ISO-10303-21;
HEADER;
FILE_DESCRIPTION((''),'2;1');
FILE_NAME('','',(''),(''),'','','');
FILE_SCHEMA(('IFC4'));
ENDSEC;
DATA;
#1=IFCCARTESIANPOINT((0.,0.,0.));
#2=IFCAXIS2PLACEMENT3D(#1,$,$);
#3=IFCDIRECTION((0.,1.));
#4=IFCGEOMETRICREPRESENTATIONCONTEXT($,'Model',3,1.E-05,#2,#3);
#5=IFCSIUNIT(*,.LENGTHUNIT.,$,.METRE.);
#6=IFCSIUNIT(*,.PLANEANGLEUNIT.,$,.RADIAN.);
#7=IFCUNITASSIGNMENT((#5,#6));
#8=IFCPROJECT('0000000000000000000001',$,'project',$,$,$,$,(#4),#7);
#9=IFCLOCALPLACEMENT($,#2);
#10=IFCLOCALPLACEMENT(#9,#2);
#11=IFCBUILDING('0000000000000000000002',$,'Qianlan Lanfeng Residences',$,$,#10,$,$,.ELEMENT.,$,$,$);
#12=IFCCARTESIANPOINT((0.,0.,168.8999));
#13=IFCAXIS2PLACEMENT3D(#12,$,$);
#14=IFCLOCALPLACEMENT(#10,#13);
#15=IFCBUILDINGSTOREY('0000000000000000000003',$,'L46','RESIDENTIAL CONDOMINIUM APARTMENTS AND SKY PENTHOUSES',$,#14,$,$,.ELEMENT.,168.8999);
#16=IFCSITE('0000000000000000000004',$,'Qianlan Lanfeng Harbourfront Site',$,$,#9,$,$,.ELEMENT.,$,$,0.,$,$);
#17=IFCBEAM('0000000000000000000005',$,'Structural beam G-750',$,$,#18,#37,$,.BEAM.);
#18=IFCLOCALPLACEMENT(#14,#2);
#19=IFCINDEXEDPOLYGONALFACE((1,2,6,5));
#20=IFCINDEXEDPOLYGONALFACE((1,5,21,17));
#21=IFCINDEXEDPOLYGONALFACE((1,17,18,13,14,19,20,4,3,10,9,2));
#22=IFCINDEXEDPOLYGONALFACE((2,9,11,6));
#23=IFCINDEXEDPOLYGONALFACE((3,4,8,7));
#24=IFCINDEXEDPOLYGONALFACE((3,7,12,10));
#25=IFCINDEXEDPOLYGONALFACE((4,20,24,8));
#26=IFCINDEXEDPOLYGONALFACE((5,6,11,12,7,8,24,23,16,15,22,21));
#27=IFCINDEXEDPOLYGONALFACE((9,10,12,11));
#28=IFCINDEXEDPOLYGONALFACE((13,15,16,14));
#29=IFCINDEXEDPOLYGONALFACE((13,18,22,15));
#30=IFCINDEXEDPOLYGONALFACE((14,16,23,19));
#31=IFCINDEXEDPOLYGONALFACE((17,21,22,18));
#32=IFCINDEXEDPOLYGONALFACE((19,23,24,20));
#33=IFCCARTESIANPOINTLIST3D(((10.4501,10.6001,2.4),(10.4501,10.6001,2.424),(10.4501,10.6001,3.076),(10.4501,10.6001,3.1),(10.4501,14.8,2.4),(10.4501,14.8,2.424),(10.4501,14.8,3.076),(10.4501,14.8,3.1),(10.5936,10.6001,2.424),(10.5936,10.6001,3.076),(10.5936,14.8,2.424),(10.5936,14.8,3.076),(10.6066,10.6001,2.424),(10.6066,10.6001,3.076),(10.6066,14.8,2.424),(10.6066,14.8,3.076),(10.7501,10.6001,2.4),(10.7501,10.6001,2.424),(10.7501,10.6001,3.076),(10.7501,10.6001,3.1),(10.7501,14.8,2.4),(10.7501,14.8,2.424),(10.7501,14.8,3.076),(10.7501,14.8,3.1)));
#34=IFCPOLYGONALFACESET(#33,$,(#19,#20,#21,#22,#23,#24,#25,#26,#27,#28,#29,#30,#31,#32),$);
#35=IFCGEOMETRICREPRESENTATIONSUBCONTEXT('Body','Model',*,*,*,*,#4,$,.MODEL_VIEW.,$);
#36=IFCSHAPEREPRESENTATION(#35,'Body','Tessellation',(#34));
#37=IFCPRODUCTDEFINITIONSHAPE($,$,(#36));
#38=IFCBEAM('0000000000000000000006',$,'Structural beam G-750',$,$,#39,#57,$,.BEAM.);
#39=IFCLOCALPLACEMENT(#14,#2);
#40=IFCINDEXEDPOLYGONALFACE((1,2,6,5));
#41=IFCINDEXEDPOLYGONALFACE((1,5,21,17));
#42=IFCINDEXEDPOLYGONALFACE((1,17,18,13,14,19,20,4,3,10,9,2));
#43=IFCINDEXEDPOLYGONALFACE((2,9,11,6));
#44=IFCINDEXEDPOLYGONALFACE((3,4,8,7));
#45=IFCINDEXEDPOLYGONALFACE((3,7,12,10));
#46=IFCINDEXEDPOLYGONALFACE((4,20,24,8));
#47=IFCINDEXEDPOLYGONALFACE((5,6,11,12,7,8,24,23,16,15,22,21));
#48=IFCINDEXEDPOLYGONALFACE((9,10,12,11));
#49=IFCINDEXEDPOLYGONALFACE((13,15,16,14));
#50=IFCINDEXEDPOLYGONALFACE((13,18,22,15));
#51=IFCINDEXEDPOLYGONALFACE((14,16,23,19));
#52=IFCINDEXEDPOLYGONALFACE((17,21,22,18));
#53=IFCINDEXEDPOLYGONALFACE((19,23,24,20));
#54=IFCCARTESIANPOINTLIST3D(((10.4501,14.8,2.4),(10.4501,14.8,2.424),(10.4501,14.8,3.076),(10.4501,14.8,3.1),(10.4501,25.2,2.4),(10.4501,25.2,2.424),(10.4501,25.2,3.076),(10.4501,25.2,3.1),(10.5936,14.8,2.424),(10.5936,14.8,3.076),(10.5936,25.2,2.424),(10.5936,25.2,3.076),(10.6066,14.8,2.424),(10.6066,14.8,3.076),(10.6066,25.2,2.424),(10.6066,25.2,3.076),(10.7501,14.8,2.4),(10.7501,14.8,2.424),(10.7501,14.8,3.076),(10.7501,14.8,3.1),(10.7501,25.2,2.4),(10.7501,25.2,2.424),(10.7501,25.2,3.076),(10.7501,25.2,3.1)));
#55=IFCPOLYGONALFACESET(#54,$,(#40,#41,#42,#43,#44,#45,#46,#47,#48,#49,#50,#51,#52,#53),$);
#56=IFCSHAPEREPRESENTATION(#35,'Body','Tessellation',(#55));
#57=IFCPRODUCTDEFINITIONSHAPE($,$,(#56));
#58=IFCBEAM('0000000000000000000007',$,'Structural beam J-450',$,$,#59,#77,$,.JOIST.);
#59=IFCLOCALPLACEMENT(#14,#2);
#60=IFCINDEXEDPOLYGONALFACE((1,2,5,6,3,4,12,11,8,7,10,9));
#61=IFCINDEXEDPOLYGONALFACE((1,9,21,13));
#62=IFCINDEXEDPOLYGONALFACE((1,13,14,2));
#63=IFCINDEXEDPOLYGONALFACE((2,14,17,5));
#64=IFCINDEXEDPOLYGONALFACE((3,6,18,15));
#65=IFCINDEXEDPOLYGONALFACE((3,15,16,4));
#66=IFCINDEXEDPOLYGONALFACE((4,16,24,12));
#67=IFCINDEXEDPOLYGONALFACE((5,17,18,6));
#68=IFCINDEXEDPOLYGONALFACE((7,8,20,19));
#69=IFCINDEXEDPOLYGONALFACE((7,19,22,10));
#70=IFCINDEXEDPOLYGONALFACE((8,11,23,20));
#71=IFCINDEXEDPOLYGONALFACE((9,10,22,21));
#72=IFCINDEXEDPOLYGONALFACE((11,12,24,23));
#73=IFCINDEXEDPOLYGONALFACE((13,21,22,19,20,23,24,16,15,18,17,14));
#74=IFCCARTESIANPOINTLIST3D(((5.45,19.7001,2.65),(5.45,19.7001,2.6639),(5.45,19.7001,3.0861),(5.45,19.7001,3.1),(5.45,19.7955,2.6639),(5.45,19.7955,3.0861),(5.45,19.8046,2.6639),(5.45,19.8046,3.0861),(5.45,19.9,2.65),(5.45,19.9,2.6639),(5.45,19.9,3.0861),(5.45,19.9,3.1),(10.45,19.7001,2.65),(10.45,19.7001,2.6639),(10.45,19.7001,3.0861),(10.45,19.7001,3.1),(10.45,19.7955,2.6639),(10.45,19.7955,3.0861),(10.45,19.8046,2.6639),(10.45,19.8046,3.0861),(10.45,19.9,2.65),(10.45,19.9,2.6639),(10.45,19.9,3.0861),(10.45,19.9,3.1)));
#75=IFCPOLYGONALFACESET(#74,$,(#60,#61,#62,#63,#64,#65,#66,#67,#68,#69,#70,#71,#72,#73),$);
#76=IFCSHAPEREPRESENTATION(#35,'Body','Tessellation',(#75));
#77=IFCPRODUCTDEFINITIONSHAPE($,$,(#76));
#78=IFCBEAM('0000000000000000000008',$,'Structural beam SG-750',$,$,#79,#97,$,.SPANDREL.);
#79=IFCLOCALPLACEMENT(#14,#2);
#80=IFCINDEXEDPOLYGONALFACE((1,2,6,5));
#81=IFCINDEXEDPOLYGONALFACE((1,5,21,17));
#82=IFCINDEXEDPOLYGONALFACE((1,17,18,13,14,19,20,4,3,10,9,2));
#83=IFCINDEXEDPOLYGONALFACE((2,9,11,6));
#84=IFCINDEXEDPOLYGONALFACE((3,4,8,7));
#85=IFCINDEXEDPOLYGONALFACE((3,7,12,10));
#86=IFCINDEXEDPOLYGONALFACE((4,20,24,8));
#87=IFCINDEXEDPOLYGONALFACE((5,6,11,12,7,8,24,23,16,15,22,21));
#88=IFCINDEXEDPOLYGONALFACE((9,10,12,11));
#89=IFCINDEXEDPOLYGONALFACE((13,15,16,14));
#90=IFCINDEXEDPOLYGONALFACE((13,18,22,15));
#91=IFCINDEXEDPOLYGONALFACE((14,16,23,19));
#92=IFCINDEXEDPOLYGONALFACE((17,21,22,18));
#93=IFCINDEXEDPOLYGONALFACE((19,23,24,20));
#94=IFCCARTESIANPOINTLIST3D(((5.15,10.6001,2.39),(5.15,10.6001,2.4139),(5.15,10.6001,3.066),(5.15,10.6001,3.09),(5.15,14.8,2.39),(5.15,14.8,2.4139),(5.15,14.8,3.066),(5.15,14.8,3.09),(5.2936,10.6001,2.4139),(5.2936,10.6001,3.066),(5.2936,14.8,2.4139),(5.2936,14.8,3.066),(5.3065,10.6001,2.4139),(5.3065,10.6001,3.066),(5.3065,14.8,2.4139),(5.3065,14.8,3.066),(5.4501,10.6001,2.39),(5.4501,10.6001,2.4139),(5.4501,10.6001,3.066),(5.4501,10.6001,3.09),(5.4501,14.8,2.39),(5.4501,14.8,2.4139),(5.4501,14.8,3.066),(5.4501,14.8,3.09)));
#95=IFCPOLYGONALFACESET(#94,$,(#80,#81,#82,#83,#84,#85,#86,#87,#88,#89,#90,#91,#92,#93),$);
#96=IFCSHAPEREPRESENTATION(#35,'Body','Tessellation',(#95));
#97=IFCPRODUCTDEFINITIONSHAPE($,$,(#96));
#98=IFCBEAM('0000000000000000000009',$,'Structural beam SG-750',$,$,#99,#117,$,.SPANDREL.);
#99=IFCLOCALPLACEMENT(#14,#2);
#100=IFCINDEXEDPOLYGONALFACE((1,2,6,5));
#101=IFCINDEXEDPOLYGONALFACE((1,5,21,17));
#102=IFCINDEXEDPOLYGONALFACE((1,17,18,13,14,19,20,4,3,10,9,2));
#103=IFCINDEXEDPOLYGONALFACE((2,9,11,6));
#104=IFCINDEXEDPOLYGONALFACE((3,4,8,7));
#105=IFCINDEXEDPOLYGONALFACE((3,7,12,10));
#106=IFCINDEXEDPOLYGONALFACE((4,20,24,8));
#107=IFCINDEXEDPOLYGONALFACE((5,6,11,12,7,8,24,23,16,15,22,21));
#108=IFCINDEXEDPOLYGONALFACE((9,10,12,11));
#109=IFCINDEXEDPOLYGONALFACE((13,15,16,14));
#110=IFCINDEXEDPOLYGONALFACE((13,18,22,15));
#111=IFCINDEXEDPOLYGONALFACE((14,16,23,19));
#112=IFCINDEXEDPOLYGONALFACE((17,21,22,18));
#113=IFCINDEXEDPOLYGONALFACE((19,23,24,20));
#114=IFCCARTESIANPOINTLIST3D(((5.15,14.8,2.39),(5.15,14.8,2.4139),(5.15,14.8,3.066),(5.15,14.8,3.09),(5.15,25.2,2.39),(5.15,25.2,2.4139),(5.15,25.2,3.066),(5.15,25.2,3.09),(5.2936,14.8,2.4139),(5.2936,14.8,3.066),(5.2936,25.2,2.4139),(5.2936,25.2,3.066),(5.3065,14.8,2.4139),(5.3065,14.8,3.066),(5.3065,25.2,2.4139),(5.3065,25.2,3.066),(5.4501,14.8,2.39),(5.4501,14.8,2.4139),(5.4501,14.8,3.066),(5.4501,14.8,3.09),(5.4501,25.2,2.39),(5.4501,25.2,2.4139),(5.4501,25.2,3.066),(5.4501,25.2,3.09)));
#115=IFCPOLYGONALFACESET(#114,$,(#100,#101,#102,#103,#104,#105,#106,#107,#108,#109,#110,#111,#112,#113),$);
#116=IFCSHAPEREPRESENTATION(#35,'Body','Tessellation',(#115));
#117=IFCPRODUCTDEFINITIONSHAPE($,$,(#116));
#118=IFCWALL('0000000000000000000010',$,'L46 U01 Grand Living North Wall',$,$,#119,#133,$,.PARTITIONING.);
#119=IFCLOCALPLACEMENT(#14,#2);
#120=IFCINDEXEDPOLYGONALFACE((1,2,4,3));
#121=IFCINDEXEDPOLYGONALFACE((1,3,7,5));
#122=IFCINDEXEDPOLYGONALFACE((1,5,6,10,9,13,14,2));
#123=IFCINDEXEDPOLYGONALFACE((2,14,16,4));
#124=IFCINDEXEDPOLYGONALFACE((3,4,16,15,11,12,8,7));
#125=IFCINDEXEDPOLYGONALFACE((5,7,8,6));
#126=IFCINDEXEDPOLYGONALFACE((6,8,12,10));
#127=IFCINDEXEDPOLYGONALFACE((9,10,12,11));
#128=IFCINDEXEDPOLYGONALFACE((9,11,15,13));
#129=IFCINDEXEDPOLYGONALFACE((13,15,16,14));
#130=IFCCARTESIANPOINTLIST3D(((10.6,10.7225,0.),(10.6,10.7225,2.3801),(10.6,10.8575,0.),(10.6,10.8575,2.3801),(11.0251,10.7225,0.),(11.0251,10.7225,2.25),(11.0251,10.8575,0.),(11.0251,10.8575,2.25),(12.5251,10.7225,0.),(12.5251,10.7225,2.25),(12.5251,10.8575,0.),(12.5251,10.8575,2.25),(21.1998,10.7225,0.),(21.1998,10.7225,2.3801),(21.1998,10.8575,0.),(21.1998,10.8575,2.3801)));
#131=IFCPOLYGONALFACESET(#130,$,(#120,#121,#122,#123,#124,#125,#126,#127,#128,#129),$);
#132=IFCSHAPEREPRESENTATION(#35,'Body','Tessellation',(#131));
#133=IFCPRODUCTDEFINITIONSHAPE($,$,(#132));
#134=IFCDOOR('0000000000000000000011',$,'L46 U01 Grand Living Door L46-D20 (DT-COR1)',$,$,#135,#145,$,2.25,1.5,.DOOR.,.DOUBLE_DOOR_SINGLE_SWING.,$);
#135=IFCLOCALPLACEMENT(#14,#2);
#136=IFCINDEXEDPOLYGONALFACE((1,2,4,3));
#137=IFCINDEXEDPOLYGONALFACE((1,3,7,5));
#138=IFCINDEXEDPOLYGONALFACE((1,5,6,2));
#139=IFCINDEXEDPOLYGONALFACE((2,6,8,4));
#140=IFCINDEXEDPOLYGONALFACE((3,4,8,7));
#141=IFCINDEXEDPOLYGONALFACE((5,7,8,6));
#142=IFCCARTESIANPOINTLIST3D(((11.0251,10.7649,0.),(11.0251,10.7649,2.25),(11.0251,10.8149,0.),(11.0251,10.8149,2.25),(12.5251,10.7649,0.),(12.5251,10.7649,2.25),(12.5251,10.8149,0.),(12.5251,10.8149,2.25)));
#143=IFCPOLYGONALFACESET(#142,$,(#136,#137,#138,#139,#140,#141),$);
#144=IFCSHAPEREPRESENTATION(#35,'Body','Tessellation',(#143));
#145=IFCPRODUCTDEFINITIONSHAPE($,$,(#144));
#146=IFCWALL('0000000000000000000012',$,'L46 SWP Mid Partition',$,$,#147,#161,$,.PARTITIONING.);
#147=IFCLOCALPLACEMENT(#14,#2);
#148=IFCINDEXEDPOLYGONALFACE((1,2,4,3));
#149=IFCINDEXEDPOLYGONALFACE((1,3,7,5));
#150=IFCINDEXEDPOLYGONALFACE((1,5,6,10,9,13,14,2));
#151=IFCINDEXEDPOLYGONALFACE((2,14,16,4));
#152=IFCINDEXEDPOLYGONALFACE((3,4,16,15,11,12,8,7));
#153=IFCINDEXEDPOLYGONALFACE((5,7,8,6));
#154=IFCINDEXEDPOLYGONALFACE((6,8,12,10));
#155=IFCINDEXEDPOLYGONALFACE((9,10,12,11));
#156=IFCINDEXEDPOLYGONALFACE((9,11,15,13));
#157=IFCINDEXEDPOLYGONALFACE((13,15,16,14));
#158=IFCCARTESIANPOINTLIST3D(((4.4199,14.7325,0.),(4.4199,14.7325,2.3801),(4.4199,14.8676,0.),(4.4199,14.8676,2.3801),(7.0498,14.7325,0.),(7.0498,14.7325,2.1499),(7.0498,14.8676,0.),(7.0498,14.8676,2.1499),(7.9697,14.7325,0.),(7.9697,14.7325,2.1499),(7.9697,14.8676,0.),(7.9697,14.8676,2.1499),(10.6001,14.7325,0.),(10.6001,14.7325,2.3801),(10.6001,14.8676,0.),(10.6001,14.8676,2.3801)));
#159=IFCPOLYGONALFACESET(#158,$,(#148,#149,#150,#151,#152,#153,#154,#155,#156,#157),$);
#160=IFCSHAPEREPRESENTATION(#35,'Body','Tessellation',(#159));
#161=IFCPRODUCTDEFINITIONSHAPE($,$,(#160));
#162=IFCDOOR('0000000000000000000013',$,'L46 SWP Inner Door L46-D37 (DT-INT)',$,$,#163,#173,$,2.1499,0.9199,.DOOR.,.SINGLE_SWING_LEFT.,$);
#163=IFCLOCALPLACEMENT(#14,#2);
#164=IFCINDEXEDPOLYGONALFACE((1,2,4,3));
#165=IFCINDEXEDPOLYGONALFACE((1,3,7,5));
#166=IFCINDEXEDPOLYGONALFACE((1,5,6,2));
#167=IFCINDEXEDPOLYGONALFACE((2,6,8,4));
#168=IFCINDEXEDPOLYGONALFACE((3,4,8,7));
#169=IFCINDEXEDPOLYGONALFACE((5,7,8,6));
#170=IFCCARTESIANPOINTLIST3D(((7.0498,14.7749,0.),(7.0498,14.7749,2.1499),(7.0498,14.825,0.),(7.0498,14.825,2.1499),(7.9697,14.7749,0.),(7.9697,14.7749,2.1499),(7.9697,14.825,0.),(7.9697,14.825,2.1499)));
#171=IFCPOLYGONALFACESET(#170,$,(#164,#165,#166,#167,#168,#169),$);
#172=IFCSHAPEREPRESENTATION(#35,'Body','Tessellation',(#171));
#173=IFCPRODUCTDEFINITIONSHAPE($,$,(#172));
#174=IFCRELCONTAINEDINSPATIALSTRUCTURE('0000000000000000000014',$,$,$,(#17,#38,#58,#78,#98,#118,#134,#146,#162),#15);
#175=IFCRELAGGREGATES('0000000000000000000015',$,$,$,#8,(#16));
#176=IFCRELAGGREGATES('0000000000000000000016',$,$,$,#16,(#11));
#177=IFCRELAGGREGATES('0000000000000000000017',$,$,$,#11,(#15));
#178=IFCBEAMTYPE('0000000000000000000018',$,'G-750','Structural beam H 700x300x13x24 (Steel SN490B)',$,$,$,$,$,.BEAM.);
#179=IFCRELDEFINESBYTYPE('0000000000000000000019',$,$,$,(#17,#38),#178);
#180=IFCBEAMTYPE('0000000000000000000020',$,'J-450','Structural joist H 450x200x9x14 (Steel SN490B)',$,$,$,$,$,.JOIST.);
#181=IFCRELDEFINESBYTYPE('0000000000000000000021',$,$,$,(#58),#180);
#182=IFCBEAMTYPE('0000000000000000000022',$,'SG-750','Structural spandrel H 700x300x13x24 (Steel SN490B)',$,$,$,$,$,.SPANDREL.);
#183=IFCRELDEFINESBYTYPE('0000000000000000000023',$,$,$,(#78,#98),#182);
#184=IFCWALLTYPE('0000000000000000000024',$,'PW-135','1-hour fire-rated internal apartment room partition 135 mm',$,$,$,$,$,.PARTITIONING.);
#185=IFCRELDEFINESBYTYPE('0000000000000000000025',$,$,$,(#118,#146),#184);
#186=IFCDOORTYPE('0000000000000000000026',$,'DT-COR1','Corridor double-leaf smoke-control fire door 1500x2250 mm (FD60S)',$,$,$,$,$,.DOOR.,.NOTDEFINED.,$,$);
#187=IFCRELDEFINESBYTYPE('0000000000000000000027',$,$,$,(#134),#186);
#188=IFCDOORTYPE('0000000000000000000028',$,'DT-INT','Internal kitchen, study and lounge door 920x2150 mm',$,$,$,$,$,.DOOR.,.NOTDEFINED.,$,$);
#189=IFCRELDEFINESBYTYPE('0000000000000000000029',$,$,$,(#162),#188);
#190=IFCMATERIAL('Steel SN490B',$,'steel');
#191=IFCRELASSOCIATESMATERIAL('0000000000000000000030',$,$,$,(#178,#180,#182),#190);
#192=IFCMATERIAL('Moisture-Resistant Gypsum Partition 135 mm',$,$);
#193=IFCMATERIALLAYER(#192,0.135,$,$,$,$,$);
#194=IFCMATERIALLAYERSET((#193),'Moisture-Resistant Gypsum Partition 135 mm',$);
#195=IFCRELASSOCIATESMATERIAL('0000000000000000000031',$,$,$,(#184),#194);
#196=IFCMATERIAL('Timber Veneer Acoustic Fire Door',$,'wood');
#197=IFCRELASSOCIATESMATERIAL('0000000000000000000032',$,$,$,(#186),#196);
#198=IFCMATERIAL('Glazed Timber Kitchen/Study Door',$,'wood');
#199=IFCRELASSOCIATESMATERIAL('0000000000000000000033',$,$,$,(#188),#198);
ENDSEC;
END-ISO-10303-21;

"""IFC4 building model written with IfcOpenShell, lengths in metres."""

from ifc_helpers import new_model, si_unit, direction, frame, frame_2d, origin, origin_2d, place, context, subcontext, project, spatial, rectangle, i_section, extrude, material, layer, layer_set, material_profile, profile_set, type_object, element, fill, save


model = new_model("IFC4")

# Units and contexts
model_context = context("Model", 3, precision=1e-05, world=origin(), true_north=direction((0.0, 1.0)))
body_context = subcontext(model_context, "Body", "Model", "MODEL_VIEW")
ifc_project = project(units=[si_unit("LENGTHUNIT", "METRE"), si_unit("PLANEANGLEUNIT", "RADIAN")], contexts=[model_context])

# Site, building, storey
site_placement = place(None, origin())
site = spatial("IfcSite", under=ifc_project, at=site_placement, Name="Qianlan Lanfeng Harbourfront Site", CompositionType="ELEMENT", RefElevation=0.0)
building_placement = place(site_placement, origin())
building = spatial("IfcBuilding", under=site, at=building_placement, Name="Qianlan Lanfeng Residences", CompositionType="ELEMENT")
storey_placement = place(building_placement, frame((0.0, 0.0, 168.8999)))
storey = spatial("IfcBuildingStorey", under=building, at=storey_placement, Name="L46", Description="RESIDENTIAL CONDOMINIUM APARTMENTS AND SKY PENTHOUSES", CompositionType="ELEMENT", Elevation=168.8999)

# Shared definitions
ifc_material_1 = material(Name="Steel SN490B", Category="steel")

# Beams
ifc_material_profile_1 = material_profile(ifc_material_1, i_section(OverallWidth=0.3, OverallDepth=0.7, WebThickness=0.0129, FlangeThickness=0.0239, at=origin_2d()), Name="H 700x300x13x24")
ifc_profile_set_1 = profile_set([ifc_material_profile_1], Name="Steel SN490B")
beam_type_1 = type_object("IfcBeamType", Name="G-750", Description="Structural beam H 700x300x13x24 (Steel SN490B)", PredefinedType="BEAM", material=ifc_profile_set_1)
beam_1_placement = place(storey_placement, frame((10.6001, 10.6001, 2.75), z_axis=(0.0, 1.0, 0.0), x_axis=(-1.0, 0.0, 0.0)))
element("IfcBeam", 1, at=beam_1_placement, inside=storey, type_object=beam_type_1, Name="Structural beam G-750", PredefinedType="BEAM", context=body_context, shape_type="SweptSolid", body=[
    extrude(i_section(OverallWidth=0.3, OverallDepth=0.7, WebThickness=0.0129, FlangeThickness=0.0239, at=origin_2d()), origin(), (0.0, 0.0, 1.0), 4.2),
])
beam_2_placement = place(storey_placement, frame((10.6001, 14.8, 2.75), z_axis=(0.0, 1.0, 0.0), x_axis=(-1.0, 0.0, 0.0)))
element("IfcBeam", 2, at=beam_2_placement, inside=storey, type_object=beam_type_1, Name="Structural beam G-750", PredefinedType="BEAM", context=body_context, shape_type="SweptSolid", body=[
    extrude(i_section(OverallWidth=0.3, OverallDepth=0.7, WebThickness=0.0129, FlangeThickness=0.0239, at=origin_2d()), origin(), (0.0, 0.0, 1.0), 10.3999),
])
ifc_material_profile_2 = material_profile(ifc_material_1, i_section(OverallWidth=0.2, OverallDepth=0.45, WebThickness=0.009, FlangeThickness=0.0139, at=origin_2d()), Name="H 450x200x9x14")
ifc_profile_set_2 = profile_set([ifc_material_profile_2], Name="Steel SN490B")
beam_type_2 = type_object("IfcBeamType", Name="J-450", Description="Structural joist H 450x200x9x14 (Steel SN490B)", PredefinedType="JOIST", material=ifc_profile_set_2)
beam_3_placement = place(storey_placement, frame((5.45, 19.8, 2.875), z_axis=(1.0, 0.0, 0.0), x_axis=(0.0, 1.0, 0.0)))
element("IfcBeam", 3, at=beam_3_placement, inside=storey, type_object=beam_type_2, Name="Structural beam J-450", PredefinedType="JOIST", context=body_context, shape_type="SweptSolid", body=[
    extrude(i_section(OverallWidth=0.2, OverallDepth=0.45, WebThickness=0.009, FlangeThickness=0.0139, at=origin_2d()), origin(), (0.0, 0.0, 1.0), 5.0),
])
ifc_material_profile_3 = material_profile(ifc_material_1, i_section(OverallWidth=0.3, OverallDepth=0.7, WebThickness=0.0129, FlangeThickness=0.0239, at=origin_2d()), Name="H 700x300x13x24")
ifc_profile_set_3 = profile_set([ifc_material_profile_3], Name="Steel SN490B")
beam_type_3 = type_object("IfcBeamType", Name="SG-750", Description="Structural spandrel H 700x300x13x24 (Steel SN490B)", PredefinedType="SPANDREL", material=ifc_profile_set_3)
beam_4_placement = place(storey_placement, frame((5.3, 10.6001, 2.74), z_axis=(0.0, 1.0, 0.0), x_axis=(-1.0, 0.0, 0.0)))
element("IfcBeam", 4, at=beam_4_placement, inside=storey, type_object=beam_type_3, Name="Structural beam SG-750", PredefinedType="SPANDREL", context=body_context, shape_type="SweptSolid", body=[
    extrude(i_section(OverallWidth=0.3, OverallDepth=0.7, WebThickness=0.0129, FlangeThickness=0.0239, at=origin_2d()), origin(), (0.0, 0.0, 1.0), 4.2),
])
beam_5_placement = place(storey_placement, frame((5.3, 14.8, 2.74), z_axis=(0.0, 1.0, 0.0), x_axis=(-1.0, 0.0, 0.0)))
element("IfcBeam", 5, at=beam_5_placement, inside=storey, type_object=beam_type_3, Name="Structural beam SG-750", PredefinedType="SPANDREL", context=body_context, shape_type="SweptSolid", body=[
    extrude(i_section(OverallWidth=0.3, OverallDepth=0.7, WebThickness=0.0129, FlangeThickness=0.0239, at=origin_2d()), origin(), (0.0, 0.0, 1.0), 10.3999),
])

# Walls, openings, doors
ifc_material_2 = material(Name="Moisture-Resistant Gypsum Partition 135 mm")
ifc_layer_1 = layer(ifc_material_2, 0.135)
ifc_layer_set_1 = layer_set([ifc_layer_1], Name="Moisture-Resistant Gypsum Partition 135 mm")
wall_type_1 = type_object("IfcWallType", Name="PW-135", Description="1-hour fire-rated internal apartment room partition 135 mm", PredefinedType="PARTITIONING", material=ifc_layer_set_1)
wall_1_placement = place(storey_placement, frame((10.6001, 10.79, 0.0), z_axis=(0.0, 0.0, 1.0), x_axis=(1.0, 0.0, 0.0)))
wall_1 = element("IfcWall", 6, at=wall_1_placement, inside=storey, type_object=wall_type_1, Name="L46 U01 Grand Living North Wall", PredefinedType="PARTITIONING", context=body_context, shape_type="SweptSolid", body=[
    extrude(rectangle(XDim=10.5999, YDim=0.135, at=frame_2d((5.2998, 0.0))), origin(), (0.0, 0.0, 1.0), 2.3801),
])
opening_1_placement = place(wall_1_placement, frame((0.425, 0.0, 0.0)))
opening_1 = element("IfcOpeningElement", 7, at=opening_1_placement, cuts=wall_1, PredefinedType="OPENING", context=body_context, shape_type="SweptSolid", body=[
    extrude(rectangle(XDim=1.5, YDim=2.25, at=frame_2d((0.75, 1.125))), frame((0.0, 0.0776, 0.0), z_axis=(0.0, -1.0, 0.0), x_axis=(1.0, 0.0, 0.0)), (0.0, 0.0, 1.0), 0.155),
])
ifc_material_3 = material(Name="Timber Veneer Acoustic Fire Door", Category="wood")
door_type_1 = type_object("IfcDoorType", Name="DT-COR1", Description="Corridor double-leaf smoke-control fire door 1500x2250 mm (FD60S)", OperationType="NOTDEFINED", PredefinedType="DOOR", material=ifc_material_3)
door_1_placement = place(opening_1_placement, origin())
door_1 = element("IfcDoor", 8, at=door_1_placement, inside=storey, type_object=door_type_1, Name="L46 U01 Grand Living Door L46-D20 (DT-COR1)", OperationType="DOUBLE_DOOR_SINGLE_SWING", OverallHeight=2.25, OverallWidth=1.5, PredefinedType="DOOR", context=body_context, shape_type="SweptSolid", body=[
    extrude(rectangle(XDim=1.5, YDim=2.25, at=frame_2d((0.75, 1.125))), frame((0.0, 0.0249, 0.0), z_axis=(0.0, -1.0, 0.0), x_axis=(1.0, 0.0, 0.0)), (0.0, 0.0, 1.0), 0.05),
])
fill(opening_1, door_1)
wall_2_placement = place(storey_placement, frame((4.4199, 14.8, 0.0), z_axis=(0.0, 0.0, 1.0), x_axis=(1.0, 0.0, 0.0)))
wall_2 = element("IfcWall", 9, at=wall_2_placement, inside=storey, type_object=wall_type_1, Name="L46 SWP Mid Partition", PredefinedType="PARTITIONING", context=body_context, shape_type="SweptSolid", body=[
    extrude(rectangle(XDim=6.1802, YDim=0.135, at=frame_2d((3.0901, 0.0))), origin(), (0.0, 0.0, 1.0), 2.3801),
])
opening_2_placement = place(wall_2_placement, frame((2.6299, 0.0, 0.0)))
opening_2 = element("IfcOpeningElement", 10, at=opening_2_placement, cuts=wall_2, PredefinedType="OPENING", context=body_context, shape_type="SweptSolid", body=[
    extrude(rectangle(XDim=0.9199, YDim=2.1499, at=frame_2d((0.46, 1.075))), frame((0.0, 0.0776, 0.0), z_axis=(0.0, -1.0, 0.0), x_axis=(1.0, 0.0, 0.0)), (0.0, 0.0, 1.0), 0.155),
])
ifc_material_4 = material(Name="Glazed Timber Kitchen/Study Door", Category="wood")
door_type_2 = type_object("IfcDoorType", Name="DT-INT", Description="Internal kitchen, study and lounge door 920x2150 mm", OperationType="NOTDEFINED", PredefinedType="DOOR", material=ifc_material_4)
door_2_placement = place(opening_2_placement, origin())
door_2 = element("IfcDoor", 11, at=door_2_placement, inside=storey, type_object=door_type_2, Name="L46 SWP Inner Door L46-D37 (DT-INT)", OperationType="SINGLE_SWING_LEFT", OverallHeight=2.1499, OverallWidth=0.9199, PredefinedType="DOOR", context=body_context, shape_type="SweptSolid", body=[
    extrude(rectangle(XDim=0.9199, YDim=2.1499, at=frame_2d((0.46, 1.075))), frame((0.0, 0.0249, 0.0), z_axis=(0.0, -1.0, 0.0), x_axis=(1.0, 0.0, 0.0)), (0.0, 0.0, 1.0), 0.05),
])
fill(opening_2, door_2)

save(model, "model.ifc")
